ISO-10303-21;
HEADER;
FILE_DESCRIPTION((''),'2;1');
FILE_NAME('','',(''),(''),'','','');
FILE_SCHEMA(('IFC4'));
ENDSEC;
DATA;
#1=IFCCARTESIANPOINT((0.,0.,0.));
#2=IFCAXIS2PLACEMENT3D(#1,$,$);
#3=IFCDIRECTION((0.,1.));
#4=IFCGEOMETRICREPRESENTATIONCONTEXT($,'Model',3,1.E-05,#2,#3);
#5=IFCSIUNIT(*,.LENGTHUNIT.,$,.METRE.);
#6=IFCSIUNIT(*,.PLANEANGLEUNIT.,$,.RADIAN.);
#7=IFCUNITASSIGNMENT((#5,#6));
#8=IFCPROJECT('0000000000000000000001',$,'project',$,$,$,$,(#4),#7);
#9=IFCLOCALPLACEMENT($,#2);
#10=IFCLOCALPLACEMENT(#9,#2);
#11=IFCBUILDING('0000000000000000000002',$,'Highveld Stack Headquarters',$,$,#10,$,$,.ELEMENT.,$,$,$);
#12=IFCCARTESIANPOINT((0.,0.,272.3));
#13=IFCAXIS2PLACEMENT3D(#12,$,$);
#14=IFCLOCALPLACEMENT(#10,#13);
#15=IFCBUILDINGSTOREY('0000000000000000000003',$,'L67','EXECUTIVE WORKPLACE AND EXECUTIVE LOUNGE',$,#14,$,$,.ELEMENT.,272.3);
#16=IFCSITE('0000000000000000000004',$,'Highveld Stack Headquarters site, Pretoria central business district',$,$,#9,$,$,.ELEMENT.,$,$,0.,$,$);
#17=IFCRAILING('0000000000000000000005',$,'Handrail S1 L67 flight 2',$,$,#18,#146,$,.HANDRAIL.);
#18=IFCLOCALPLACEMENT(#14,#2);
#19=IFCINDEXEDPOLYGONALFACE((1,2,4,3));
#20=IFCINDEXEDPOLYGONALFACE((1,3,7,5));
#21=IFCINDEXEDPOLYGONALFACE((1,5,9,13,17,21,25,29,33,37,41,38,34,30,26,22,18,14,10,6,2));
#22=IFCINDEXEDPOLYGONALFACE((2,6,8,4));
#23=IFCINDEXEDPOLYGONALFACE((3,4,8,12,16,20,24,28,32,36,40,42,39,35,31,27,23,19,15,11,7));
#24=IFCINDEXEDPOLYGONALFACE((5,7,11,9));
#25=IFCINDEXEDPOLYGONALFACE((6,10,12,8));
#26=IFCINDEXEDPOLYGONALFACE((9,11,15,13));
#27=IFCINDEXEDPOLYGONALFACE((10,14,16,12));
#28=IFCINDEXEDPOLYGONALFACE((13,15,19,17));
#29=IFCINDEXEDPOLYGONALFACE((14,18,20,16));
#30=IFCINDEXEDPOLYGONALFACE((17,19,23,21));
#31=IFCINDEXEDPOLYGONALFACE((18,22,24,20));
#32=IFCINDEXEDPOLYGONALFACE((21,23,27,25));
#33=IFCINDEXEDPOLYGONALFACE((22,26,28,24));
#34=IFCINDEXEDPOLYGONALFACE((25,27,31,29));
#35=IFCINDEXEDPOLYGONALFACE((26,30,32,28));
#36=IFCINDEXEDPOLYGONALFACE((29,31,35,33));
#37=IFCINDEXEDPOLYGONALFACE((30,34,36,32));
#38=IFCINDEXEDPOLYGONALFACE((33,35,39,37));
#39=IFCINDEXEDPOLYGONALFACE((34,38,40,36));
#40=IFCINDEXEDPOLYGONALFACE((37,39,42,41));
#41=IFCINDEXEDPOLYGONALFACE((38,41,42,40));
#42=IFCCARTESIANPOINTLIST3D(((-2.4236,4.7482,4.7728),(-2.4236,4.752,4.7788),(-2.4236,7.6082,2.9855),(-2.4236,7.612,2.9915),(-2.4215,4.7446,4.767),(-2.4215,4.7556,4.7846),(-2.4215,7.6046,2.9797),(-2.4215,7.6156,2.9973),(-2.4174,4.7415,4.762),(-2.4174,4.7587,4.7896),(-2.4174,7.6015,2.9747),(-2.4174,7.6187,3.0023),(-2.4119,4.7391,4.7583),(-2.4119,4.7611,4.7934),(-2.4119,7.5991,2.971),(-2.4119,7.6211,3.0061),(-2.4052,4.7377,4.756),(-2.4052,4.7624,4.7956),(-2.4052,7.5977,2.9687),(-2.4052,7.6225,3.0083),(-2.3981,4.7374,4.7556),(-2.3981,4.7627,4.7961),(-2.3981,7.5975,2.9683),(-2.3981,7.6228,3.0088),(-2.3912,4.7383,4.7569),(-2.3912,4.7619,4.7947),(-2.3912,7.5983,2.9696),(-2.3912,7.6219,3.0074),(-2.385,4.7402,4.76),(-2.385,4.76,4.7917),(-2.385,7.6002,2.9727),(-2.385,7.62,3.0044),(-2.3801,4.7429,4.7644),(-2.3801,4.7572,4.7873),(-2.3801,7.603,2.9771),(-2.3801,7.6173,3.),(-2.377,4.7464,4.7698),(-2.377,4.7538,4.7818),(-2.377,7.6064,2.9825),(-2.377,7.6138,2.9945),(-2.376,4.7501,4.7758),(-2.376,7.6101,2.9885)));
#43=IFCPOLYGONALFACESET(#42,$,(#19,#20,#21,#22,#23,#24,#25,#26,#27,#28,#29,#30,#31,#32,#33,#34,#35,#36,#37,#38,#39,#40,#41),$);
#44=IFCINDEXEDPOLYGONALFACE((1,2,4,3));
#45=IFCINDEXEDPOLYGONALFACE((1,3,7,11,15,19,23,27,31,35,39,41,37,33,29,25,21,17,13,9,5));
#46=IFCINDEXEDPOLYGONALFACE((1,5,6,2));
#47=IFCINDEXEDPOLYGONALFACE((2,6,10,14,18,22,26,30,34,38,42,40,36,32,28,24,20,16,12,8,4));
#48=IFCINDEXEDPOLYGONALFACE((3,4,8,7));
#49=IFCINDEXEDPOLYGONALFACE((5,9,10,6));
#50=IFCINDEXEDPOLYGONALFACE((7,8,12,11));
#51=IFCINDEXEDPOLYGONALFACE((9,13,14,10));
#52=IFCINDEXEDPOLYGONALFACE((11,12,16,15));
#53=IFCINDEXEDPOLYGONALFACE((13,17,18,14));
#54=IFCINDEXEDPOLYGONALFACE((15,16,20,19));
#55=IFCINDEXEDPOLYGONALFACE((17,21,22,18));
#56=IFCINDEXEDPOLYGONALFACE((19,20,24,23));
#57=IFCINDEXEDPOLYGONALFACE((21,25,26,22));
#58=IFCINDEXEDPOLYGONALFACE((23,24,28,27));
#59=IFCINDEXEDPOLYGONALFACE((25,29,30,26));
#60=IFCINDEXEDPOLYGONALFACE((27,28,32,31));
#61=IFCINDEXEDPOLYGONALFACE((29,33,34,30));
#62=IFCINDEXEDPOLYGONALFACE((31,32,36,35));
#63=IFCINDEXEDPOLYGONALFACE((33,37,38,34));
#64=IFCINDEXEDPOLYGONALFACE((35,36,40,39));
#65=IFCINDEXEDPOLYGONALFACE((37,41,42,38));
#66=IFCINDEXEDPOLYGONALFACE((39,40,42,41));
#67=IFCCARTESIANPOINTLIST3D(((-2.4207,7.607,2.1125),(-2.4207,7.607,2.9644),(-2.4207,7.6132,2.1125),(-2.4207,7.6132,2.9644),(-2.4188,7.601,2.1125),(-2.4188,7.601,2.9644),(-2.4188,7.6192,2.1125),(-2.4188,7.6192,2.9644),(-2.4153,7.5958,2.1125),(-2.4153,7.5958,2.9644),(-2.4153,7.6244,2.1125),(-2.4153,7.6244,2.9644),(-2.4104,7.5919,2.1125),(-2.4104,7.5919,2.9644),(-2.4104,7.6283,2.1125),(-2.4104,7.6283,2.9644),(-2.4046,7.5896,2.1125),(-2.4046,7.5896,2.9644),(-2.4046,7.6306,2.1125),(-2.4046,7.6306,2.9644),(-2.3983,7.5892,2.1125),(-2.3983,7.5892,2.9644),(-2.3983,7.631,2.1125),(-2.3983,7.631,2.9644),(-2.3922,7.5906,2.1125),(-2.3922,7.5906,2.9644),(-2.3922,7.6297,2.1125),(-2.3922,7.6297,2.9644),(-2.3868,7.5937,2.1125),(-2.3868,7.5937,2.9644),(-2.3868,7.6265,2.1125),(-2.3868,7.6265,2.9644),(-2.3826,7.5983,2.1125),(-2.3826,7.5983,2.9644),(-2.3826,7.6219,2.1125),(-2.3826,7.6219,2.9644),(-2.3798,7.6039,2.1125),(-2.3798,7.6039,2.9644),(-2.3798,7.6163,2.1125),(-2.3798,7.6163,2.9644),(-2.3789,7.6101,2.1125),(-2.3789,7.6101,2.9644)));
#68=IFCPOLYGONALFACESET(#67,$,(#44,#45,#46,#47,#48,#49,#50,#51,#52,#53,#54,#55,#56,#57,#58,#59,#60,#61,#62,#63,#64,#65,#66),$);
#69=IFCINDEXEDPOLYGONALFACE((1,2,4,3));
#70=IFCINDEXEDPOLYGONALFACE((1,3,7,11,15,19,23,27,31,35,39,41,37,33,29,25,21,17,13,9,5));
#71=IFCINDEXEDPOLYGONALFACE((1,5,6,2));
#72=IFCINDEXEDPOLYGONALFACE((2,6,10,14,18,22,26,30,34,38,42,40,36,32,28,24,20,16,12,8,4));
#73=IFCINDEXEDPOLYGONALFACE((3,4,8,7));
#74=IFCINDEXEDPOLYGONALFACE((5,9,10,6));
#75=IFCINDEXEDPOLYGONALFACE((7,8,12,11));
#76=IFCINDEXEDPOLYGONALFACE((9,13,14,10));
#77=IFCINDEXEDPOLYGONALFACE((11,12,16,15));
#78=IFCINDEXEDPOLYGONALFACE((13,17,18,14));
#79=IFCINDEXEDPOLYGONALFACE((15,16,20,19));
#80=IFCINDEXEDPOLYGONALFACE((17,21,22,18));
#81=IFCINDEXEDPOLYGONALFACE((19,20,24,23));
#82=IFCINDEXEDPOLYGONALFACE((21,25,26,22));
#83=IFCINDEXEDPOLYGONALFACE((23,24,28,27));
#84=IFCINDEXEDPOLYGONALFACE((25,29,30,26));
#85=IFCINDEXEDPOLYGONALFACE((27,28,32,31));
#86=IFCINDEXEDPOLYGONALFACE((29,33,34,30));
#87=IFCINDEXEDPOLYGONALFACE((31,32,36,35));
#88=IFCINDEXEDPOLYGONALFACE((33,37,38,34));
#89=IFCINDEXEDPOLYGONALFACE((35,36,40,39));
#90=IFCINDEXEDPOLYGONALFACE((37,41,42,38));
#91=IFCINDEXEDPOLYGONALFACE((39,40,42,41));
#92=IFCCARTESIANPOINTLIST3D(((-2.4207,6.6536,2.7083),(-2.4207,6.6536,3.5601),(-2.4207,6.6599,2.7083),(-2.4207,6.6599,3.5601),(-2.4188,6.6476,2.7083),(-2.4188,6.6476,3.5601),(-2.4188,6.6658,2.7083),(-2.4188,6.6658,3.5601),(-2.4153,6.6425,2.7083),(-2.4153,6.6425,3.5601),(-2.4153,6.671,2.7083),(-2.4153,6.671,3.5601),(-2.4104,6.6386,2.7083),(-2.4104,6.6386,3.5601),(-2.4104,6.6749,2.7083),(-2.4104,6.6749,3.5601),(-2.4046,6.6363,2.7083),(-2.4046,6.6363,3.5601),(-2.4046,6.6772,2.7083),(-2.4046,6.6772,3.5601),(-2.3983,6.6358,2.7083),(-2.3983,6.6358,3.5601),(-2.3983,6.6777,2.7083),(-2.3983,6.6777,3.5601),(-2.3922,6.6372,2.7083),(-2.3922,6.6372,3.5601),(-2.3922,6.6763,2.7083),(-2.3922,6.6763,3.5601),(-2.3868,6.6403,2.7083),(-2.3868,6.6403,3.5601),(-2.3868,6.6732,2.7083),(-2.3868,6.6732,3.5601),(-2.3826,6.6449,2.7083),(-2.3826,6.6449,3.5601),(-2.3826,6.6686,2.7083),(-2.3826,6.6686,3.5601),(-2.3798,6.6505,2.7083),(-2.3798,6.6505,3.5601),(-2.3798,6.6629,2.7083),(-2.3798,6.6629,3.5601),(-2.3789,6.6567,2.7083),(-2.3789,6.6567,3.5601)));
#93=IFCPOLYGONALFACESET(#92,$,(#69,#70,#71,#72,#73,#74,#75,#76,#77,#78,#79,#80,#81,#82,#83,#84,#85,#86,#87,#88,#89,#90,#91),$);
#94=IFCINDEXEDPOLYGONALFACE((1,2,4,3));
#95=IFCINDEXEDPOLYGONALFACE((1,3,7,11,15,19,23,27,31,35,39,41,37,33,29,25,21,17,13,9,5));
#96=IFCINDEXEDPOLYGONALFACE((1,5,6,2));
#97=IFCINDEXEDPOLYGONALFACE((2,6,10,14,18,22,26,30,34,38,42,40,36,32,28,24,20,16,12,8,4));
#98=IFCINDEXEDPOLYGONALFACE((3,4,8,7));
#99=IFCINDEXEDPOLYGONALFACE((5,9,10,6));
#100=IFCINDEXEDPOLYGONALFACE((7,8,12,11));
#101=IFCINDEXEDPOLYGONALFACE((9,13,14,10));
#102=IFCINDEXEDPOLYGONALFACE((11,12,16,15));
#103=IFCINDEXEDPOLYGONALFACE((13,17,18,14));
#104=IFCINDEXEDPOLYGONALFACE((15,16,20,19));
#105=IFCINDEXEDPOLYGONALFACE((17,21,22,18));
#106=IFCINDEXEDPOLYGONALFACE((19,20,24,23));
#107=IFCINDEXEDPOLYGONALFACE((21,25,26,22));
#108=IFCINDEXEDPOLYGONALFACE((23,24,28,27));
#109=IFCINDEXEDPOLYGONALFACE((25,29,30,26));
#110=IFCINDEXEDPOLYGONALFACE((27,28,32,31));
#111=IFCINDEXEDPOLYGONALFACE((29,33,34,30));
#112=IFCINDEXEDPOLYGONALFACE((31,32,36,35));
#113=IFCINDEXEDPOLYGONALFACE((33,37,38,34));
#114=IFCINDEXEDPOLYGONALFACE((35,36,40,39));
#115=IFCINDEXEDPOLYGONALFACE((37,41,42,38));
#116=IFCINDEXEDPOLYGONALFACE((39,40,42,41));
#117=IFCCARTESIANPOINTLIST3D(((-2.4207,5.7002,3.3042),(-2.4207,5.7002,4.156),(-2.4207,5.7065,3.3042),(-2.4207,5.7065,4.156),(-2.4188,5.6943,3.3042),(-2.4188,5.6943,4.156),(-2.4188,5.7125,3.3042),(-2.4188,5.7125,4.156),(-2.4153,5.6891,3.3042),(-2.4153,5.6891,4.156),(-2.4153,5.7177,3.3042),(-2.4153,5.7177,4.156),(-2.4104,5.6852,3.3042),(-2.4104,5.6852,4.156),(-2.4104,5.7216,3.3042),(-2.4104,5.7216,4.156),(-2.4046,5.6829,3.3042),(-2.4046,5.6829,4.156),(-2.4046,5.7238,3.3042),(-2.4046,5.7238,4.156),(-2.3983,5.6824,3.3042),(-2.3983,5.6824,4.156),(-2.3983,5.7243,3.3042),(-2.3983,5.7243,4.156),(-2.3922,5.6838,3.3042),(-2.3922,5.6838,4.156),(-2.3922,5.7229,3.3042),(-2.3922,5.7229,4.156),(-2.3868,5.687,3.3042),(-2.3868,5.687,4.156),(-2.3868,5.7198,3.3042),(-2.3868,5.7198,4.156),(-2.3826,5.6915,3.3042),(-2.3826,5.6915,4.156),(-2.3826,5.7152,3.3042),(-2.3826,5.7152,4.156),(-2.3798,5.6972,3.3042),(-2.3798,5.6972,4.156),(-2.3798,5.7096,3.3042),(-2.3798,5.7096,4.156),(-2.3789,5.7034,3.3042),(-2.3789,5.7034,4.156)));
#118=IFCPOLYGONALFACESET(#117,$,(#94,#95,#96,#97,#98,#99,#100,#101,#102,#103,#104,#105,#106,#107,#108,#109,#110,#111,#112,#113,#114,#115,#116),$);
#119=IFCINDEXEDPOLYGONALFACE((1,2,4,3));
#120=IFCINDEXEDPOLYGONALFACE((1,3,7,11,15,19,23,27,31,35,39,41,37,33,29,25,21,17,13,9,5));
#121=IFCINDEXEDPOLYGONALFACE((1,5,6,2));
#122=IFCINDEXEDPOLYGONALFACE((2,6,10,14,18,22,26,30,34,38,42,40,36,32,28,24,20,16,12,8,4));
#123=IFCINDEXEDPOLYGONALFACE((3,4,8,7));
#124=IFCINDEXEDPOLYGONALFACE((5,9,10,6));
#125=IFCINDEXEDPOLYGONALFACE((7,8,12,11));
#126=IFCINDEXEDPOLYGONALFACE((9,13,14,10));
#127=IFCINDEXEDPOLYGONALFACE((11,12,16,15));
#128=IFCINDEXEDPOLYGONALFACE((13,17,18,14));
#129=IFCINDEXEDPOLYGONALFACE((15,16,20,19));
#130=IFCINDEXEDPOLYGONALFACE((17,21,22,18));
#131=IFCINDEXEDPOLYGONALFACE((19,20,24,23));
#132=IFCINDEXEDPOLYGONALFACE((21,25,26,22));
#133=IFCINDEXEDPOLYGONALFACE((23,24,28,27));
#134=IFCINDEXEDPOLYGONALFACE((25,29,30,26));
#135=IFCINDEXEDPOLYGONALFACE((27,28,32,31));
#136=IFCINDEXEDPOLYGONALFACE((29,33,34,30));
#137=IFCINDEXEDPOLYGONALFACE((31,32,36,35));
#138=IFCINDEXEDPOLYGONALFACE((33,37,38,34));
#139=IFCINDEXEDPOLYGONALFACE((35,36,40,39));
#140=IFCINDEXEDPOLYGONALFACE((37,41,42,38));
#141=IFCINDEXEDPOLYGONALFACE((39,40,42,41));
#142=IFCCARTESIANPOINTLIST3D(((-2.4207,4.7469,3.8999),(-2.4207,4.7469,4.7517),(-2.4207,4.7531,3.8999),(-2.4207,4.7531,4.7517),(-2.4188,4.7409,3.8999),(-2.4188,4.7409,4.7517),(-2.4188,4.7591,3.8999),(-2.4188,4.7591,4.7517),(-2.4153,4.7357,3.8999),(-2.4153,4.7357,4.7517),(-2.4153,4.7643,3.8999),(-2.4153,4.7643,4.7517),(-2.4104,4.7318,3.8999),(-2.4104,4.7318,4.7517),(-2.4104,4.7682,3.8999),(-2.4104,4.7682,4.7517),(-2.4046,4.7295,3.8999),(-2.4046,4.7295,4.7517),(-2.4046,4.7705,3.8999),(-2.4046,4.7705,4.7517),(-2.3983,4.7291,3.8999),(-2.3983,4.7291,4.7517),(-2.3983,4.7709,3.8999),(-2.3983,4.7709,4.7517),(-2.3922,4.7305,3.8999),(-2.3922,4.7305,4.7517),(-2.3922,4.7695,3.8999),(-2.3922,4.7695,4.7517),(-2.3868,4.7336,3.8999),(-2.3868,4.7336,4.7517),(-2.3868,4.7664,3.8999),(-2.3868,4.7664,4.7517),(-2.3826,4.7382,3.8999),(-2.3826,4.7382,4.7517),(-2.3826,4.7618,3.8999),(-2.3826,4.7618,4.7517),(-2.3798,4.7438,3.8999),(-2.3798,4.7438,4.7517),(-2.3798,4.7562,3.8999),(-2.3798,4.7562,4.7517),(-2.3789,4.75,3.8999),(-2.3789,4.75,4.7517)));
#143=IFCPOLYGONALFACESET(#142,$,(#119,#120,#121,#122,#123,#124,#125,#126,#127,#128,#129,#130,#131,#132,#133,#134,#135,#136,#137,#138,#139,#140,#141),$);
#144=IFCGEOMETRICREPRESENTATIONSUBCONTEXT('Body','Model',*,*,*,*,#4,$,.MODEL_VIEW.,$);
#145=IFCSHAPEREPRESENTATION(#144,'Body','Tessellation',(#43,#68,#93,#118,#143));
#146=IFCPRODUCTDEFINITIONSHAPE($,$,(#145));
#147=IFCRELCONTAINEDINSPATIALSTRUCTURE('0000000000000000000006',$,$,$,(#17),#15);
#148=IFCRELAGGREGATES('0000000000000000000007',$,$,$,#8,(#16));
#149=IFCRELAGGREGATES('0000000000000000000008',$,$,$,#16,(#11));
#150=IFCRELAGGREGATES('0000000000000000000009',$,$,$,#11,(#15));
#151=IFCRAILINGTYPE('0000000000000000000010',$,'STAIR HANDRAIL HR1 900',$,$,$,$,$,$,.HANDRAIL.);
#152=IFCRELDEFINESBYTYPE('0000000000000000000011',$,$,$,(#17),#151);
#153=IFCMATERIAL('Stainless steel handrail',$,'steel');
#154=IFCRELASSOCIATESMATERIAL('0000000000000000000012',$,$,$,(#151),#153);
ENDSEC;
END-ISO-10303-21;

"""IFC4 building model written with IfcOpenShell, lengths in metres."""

from ifc_helpers import new_model, si_unit, direction, frame, origin, origin_2d, place, context, subcontext, project, spatial, circle, extrude, material, type_object, element, save


model = new_model("IFC4")

# Units and contexts
model_context = context("Model", 3, precision=1e-05, world=origin(), true_north=direction((0.0, 1.0)))
body_context = subcontext(model_context, "Body", "Model", "MODEL_VIEW")
ifc_project = project(units=[si_unit("LENGTHUNIT", "METRE"), si_unit("PLANEANGLEUNIT", "RADIAN")], contexts=[model_context])

# Site, building, storey
site_placement = place(None, origin())
site = spatial("IfcSite", under=ifc_project, at=site_placement, Name="Highveld Stack Headquarters site, Pretoria central business district", CompositionType="ELEMENT", RefElevation=0.0)
building_placement = place(site_placement, origin())
building = spatial("IfcBuilding", under=site, at=building_placement, Name="Highveld Stack Headquarters", CompositionType="ELEMENT")
storey_placement = place(building_placement, frame((0.0, 0.0, 272.3)))
storey = spatial("IfcBuildingStorey", under=building, at=storey_placement, Name="L67", Description="EXECUTIVE WORKPLACE AND EXECUTIVE LOUNGE", CompositionType="ELEMENT", Elevation=272.3)

# Railing
ifc_material_1 = material(Name="Stainless steel handrail", Category="steel")
railing_type = type_object("IfcRailingType", Name="STAIR HANDRAIL HR1 900", PredefinedType="HANDRAIL", material=ifc_material_1)
for number, where, name in (
    (1, (-2.3999, 7.6101, 2.1125), "Handrail S1 L67 flight 2"),
):
    element("IfcRailing", number, at=place(storey_placement, frame(where)), inside=storey, type_object=railing_type, Name=name, PredefinedType="HANDRAIL", context=body_context, shape_type="SweptSolid", body=[
        extrude(circle(Radius=0.0239, at=origin_2d()), frame((0.0, 0.0, 0.876), z_axis=(0.0, -0.848027, 0.529953), x_axis=(1.0, 0.0, 0.0)), (0.0, 0.0, 1.0), 3.3726),
        extrude(circle(Radius=0.021, at=origin_2d()), origin(), (0.0, 0.0, 1.0), 0.8518),
        extrude(circle(Radius=0.021, at=origin_2d()), frame((0.0, -0.9534, 0.5957)), (0.0, 0.0, 1.0), 0.8518),
        extrude(circle(Radius=0.021, at=origin_2d()), frame((0.0, -1.9067, 1.1917)), (0.0, 0.0, 1.0), 0.8518),
        extrude(circle(Radius=0.021, at=origin_2d()), frame((0.0, -2.8601, 1.7874)), (0.0, 0.0, 1.0), 0.8518),
    ])

save(model, "model.ifc")
